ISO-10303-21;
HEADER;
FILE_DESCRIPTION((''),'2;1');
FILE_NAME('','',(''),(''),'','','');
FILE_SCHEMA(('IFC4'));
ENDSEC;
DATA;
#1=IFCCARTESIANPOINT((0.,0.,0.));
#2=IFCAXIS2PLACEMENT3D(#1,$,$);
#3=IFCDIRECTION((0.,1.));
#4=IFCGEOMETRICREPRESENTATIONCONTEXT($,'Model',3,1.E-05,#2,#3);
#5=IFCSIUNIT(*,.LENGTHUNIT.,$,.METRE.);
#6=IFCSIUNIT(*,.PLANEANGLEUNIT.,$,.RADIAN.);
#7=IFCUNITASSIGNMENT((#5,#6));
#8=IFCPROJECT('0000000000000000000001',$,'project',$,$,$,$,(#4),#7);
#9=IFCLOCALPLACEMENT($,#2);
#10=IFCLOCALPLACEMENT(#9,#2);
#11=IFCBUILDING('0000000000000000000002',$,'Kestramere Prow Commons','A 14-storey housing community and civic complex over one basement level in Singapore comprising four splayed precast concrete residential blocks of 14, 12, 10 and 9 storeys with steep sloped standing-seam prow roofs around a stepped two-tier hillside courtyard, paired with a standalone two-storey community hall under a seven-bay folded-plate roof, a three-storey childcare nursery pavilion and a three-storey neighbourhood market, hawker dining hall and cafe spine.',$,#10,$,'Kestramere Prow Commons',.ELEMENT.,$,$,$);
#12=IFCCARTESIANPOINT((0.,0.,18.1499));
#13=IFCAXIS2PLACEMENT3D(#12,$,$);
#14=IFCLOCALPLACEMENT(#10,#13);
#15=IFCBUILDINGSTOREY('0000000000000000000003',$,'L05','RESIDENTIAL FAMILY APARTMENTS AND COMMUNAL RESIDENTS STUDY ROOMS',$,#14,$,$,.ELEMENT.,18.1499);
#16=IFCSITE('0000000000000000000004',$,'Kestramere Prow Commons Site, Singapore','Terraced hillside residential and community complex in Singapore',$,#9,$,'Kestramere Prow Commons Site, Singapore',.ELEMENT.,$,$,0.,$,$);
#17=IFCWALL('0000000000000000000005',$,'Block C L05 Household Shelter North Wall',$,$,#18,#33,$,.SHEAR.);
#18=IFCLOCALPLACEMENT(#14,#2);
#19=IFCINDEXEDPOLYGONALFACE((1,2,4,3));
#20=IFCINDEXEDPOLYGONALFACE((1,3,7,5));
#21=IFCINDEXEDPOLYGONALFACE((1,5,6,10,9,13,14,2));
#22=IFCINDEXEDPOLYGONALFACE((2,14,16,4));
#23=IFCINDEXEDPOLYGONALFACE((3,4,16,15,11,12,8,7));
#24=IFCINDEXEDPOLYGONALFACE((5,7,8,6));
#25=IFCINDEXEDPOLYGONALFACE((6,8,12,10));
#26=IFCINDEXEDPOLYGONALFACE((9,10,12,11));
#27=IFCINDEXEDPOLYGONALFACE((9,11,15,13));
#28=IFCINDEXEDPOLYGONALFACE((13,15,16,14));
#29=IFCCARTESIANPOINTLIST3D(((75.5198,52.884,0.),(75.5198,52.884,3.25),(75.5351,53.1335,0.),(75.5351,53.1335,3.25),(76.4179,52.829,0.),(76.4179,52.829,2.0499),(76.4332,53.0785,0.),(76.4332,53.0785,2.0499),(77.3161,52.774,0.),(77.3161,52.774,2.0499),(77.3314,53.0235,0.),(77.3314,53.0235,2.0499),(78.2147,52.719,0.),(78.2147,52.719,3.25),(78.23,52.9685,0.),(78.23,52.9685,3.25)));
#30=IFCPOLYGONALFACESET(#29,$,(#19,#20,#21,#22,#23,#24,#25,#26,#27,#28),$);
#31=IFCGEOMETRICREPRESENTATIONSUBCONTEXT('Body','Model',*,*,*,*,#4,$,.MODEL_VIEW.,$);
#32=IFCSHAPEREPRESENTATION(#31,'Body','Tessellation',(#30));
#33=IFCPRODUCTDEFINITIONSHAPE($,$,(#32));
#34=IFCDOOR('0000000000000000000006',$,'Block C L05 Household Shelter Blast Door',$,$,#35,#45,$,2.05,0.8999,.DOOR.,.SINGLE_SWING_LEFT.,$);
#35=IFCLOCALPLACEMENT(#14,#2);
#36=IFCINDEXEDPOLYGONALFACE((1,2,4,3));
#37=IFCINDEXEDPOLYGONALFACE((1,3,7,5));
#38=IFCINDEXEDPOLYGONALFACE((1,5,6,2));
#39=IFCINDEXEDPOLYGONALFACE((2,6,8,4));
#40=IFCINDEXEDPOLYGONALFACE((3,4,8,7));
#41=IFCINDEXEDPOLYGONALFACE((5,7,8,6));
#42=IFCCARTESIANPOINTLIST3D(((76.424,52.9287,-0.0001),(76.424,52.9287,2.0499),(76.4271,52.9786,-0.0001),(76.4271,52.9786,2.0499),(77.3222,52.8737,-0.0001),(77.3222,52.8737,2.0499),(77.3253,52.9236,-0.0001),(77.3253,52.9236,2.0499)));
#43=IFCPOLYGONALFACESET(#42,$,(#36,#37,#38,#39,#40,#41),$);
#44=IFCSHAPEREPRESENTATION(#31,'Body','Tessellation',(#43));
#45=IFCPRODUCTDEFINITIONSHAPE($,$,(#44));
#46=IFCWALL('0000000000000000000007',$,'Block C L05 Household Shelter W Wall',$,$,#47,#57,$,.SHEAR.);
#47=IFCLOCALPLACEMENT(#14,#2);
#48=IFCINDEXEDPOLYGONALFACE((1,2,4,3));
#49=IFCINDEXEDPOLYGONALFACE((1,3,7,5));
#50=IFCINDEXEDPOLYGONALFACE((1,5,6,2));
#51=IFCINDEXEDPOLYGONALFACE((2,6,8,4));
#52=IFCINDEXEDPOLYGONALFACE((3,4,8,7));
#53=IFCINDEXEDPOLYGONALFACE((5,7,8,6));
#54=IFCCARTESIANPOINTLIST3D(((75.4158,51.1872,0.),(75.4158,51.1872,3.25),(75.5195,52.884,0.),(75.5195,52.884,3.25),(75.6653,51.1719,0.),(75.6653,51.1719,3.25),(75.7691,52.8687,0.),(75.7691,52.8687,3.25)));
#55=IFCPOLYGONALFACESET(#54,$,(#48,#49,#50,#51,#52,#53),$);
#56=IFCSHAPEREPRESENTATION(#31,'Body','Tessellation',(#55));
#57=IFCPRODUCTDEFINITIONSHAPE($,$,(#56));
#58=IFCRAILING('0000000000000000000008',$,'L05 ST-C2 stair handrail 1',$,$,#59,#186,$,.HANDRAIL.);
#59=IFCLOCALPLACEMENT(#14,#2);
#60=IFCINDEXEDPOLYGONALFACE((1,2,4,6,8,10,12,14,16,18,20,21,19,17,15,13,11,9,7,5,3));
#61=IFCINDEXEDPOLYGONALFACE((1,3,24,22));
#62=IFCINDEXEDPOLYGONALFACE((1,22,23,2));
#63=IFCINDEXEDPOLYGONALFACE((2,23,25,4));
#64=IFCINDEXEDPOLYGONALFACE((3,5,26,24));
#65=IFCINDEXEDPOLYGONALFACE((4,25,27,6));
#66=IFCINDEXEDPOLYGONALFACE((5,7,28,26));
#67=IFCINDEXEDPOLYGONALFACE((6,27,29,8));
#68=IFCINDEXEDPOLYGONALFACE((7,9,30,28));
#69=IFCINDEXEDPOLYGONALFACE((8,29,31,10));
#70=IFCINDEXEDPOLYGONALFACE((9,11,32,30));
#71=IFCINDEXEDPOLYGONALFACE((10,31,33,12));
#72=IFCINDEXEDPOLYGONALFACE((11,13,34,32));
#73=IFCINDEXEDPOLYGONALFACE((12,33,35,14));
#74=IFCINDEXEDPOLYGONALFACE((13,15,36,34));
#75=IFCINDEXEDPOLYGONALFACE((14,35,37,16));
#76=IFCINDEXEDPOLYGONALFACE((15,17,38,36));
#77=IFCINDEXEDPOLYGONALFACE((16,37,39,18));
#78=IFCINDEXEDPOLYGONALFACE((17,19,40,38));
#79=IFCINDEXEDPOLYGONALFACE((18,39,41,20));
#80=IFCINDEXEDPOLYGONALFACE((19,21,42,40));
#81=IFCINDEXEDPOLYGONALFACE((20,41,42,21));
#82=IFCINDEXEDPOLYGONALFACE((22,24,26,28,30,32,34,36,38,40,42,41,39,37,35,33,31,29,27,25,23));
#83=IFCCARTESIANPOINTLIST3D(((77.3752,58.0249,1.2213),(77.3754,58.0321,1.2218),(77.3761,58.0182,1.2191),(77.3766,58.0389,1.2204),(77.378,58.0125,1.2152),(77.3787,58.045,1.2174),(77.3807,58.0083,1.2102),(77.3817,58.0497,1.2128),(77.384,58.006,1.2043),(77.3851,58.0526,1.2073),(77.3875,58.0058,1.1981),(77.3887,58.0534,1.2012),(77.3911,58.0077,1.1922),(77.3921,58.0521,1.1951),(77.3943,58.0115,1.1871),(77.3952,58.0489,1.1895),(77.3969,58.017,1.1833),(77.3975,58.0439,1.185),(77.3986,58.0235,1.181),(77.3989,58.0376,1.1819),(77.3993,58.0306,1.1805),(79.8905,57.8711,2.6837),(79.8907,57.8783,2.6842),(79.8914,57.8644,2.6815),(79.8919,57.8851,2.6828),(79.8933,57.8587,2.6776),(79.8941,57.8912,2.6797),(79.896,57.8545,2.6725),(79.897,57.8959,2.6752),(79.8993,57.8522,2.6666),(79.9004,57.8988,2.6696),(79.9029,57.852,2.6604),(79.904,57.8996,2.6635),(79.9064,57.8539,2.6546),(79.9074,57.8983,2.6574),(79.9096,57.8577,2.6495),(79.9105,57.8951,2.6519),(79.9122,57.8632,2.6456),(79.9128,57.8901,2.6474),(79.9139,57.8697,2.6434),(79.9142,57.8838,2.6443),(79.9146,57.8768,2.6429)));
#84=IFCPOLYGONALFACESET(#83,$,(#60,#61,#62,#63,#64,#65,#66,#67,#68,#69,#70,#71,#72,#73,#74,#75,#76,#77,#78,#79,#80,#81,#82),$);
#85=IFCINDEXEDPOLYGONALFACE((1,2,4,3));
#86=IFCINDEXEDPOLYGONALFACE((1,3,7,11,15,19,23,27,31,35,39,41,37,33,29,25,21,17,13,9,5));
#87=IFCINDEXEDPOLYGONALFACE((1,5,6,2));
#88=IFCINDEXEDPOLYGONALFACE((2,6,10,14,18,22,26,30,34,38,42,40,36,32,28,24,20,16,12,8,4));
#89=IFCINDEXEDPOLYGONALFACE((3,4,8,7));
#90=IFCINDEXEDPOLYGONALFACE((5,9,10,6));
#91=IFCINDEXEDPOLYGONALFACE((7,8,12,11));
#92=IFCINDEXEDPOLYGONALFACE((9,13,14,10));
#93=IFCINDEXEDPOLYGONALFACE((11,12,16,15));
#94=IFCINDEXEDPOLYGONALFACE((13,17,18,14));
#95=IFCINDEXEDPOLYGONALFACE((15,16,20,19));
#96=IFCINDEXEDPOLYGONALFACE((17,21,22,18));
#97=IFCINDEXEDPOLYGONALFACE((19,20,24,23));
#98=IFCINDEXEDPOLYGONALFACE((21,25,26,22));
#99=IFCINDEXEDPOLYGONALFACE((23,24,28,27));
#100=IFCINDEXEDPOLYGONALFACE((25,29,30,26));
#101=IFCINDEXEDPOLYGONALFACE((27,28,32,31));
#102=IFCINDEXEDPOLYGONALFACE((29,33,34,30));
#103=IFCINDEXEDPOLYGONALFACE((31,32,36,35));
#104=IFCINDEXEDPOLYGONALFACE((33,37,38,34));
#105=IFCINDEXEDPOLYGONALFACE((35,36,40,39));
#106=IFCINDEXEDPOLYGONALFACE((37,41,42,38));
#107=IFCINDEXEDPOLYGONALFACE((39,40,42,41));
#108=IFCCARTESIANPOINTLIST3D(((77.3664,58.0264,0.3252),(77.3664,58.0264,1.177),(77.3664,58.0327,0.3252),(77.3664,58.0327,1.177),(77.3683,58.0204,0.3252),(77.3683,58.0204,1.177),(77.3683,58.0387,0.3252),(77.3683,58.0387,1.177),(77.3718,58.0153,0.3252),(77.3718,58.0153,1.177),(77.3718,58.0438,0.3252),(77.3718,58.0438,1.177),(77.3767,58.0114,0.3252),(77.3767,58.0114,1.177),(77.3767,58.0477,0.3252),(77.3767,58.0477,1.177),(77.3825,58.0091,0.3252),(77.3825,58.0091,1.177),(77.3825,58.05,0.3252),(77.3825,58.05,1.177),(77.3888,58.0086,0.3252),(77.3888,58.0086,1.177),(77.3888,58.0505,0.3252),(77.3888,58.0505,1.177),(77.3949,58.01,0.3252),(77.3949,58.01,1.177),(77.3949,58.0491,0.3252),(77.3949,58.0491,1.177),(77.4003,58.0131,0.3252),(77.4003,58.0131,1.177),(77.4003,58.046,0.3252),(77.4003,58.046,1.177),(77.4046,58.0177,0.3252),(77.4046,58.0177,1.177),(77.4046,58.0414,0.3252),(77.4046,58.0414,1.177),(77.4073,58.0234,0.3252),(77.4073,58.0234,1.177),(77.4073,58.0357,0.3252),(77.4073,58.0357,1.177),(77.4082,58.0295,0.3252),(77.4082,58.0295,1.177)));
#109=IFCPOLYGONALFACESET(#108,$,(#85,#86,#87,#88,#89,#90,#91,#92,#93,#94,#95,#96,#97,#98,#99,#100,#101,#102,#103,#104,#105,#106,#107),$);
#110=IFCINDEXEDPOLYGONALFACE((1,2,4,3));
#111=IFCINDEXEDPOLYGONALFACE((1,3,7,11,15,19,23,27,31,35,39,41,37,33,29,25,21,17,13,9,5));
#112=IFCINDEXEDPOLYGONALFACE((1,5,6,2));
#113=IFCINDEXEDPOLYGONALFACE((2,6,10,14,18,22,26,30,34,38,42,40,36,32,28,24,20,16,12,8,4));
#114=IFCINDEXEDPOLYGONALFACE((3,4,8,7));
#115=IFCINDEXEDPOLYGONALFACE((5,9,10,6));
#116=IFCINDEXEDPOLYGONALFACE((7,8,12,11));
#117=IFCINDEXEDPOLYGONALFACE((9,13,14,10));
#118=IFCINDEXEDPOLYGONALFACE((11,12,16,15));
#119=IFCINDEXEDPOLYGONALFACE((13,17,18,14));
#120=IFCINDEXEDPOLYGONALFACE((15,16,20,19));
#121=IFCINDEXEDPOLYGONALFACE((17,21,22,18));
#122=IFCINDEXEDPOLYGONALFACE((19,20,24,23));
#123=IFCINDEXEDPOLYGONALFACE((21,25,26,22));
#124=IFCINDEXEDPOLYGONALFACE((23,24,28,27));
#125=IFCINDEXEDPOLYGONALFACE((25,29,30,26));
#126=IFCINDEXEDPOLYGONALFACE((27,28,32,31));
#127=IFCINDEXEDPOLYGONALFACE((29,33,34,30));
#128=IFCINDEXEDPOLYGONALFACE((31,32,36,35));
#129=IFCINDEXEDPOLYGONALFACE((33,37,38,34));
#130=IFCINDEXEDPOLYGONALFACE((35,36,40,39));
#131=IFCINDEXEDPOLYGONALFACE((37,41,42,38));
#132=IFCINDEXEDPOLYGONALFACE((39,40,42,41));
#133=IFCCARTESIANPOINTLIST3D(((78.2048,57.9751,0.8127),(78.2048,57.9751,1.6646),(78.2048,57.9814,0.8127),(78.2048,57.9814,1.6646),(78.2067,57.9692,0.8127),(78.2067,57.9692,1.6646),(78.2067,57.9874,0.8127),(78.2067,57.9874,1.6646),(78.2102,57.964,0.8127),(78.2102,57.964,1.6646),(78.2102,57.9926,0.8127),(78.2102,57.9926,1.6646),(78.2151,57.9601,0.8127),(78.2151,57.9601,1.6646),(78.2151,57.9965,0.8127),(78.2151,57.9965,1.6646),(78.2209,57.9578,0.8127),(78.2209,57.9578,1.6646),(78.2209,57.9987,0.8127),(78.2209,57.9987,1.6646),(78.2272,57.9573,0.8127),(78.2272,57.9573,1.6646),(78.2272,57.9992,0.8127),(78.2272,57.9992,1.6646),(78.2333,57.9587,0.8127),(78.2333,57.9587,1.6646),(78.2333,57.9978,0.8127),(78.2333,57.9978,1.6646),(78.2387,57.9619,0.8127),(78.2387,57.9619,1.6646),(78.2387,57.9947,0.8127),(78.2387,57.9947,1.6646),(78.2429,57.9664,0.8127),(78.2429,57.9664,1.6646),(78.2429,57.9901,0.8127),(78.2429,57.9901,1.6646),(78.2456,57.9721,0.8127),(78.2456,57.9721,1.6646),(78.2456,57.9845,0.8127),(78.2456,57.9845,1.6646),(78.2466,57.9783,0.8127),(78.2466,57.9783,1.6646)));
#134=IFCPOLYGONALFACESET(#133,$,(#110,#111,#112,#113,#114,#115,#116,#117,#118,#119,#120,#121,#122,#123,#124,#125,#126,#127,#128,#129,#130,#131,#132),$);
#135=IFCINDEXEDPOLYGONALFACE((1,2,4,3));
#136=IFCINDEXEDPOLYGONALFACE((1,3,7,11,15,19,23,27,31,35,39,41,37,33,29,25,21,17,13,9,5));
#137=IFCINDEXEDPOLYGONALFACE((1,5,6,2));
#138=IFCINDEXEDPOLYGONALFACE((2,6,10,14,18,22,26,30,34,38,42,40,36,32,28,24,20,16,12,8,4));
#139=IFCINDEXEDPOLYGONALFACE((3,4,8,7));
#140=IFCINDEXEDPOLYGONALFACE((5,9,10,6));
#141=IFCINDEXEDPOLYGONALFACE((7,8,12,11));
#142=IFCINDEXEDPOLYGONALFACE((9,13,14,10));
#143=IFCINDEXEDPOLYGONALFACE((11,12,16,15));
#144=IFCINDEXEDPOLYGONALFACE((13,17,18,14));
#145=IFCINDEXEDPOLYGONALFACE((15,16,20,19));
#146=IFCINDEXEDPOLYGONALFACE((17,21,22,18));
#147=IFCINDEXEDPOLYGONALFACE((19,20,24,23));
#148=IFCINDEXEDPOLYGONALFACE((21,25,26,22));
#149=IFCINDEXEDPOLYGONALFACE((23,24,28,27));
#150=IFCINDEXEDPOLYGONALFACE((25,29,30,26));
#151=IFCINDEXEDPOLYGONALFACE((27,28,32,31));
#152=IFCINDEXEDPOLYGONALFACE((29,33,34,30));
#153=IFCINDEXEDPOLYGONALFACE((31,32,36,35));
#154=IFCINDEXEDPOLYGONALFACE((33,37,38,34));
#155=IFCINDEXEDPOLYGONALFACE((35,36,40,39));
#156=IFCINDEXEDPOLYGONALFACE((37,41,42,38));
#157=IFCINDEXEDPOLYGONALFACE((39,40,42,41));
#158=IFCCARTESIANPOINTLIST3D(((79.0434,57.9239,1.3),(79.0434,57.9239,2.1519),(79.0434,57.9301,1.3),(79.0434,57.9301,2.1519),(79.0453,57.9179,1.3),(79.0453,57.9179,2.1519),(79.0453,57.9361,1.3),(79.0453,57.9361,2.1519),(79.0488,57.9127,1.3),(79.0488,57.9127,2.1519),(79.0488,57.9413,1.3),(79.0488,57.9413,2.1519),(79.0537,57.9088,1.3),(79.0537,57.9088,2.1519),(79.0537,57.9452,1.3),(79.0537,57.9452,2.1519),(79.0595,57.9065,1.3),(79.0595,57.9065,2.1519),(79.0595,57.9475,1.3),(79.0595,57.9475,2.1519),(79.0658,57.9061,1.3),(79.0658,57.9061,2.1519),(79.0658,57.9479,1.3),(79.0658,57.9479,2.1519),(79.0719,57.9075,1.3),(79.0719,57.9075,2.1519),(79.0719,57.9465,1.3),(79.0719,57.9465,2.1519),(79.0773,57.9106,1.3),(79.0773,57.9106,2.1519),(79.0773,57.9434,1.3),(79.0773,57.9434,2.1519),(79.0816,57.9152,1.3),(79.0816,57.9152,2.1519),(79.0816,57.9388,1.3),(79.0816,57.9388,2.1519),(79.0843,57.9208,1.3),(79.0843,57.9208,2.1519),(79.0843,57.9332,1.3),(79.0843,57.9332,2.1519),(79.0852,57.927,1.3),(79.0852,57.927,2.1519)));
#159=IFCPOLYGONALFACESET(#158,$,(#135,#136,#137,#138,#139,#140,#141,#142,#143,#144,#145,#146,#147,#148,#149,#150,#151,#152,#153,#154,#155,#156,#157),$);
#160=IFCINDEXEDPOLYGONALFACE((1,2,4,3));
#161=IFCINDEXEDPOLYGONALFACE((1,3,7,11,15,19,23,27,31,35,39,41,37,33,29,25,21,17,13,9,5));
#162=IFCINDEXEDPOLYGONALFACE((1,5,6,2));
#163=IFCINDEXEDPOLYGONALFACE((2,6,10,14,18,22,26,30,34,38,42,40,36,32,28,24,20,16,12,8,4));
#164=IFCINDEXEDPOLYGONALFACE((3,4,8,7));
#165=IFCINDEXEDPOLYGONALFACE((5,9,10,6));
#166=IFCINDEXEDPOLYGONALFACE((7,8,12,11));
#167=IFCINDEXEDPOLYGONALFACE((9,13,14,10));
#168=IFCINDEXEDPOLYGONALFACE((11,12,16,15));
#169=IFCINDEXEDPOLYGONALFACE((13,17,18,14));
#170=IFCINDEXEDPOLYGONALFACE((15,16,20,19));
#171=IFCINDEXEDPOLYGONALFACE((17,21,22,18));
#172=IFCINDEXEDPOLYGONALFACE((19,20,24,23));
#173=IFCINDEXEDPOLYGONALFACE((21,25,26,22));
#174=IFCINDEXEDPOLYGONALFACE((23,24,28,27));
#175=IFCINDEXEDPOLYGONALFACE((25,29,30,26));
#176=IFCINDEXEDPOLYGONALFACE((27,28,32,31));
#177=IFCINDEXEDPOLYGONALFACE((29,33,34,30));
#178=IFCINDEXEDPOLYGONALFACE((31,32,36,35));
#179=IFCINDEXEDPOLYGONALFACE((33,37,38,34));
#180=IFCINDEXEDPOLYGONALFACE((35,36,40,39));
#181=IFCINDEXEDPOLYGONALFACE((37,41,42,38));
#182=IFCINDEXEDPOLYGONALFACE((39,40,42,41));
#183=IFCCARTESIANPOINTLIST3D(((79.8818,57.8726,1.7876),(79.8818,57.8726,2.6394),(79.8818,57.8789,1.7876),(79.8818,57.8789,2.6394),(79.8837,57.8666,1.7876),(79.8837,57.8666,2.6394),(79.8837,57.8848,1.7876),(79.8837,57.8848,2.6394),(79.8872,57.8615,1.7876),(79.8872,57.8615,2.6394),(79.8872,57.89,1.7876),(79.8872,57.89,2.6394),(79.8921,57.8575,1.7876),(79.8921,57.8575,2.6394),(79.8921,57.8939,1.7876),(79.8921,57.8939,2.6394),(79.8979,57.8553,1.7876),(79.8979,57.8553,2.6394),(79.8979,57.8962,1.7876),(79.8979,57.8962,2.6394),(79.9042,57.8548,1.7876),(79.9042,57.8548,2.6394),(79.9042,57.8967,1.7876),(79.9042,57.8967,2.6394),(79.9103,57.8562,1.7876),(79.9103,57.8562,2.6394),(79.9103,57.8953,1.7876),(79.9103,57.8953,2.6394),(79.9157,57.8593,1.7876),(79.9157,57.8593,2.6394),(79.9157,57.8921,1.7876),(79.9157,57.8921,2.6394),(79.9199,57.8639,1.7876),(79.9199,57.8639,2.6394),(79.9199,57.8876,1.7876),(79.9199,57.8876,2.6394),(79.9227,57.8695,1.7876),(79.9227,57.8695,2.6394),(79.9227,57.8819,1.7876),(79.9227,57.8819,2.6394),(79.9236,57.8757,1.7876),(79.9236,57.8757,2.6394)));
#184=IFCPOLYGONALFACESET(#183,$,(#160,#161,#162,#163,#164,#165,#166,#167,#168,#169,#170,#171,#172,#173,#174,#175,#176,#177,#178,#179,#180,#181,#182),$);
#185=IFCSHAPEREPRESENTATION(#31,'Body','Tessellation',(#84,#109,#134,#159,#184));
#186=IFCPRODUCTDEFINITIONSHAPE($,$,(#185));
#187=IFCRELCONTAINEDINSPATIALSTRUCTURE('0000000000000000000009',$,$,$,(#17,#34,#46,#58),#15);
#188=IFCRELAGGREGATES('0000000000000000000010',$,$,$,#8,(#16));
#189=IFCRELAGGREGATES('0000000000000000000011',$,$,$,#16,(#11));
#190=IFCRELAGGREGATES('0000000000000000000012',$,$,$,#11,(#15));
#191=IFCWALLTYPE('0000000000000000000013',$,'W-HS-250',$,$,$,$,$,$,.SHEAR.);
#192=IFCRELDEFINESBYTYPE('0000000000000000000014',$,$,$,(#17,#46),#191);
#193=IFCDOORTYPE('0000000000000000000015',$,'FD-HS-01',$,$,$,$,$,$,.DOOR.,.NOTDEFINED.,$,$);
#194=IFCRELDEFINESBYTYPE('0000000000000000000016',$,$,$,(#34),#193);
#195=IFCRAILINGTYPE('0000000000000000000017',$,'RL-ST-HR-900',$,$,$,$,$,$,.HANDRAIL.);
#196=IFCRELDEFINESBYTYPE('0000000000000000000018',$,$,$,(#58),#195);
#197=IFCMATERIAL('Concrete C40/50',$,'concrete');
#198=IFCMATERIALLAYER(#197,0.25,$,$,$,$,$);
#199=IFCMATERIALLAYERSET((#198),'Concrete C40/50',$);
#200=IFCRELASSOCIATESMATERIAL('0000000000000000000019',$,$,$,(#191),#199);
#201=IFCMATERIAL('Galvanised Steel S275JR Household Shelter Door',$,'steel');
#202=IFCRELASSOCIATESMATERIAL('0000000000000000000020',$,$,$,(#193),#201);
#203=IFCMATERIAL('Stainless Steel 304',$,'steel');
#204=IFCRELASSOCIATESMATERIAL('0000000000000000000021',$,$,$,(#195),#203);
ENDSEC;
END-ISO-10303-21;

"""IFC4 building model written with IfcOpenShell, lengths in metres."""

from ifc_helpers import new_model, si_unit, direction, frame, frame_2d, origin, origin_2d, place, context, subcontext, project, spatial, rectangle, circle, extrude, material, layer, layer_set, type_object, element, fill, save


model = new_model("IFC4")

# Units and contexts
model_context = context("Model", 3, precision=1e-05, world=origin(), true_north=direction((0.0, 1.0)))
body_context = subcontext(model_context, "Body", "Model", "MODEL_VIEW")
ifc_project = project(units=[si_unit("LENGTHUNIT", "METRE"), si_unit("PLANEANGLEUNIT", "RADIAN")], contexts=[model_context])

# Site, building, storey
site_placement = place(None, origin())
site = spatial("IfcSite", under=ifc_project, at=site_placement, Name="Kestramere Prow Commons Site, Singapore", Description="Terraced hillside residential and community complex in Singapore", LongName="Kestramere Prow Commons Site, Singapore", CompositionType="ELEMENT", RefElevation=0.0)
building_placement = place(site_placement, origin())
building = spatial("IfcBuilding", under=site, at=building_placement, Name="Kestramere Prow Commons", Description="A 14-storey housing community and civic complex over one basement level in Singapore comprising four splayed precast concrete residential blocks of 14, 12, 10 and 9 storeys with steep sloped standing-seam prow roofs around a stepped two-tier hillside courtyard, paired with a standalone two-storey community hall under a seven-bay folded-plate roof, a three-storey childcare nursery pavilion and a three-storey neighbourhood market, hawker dining hall and cafe spine.", LongName="Kestramere Prow Commons", CompositionType="ELEMENT")
storey_placement = place(building_placement, frame((0.0, 0.0, 18.1499)))
storey = spatial("IfcBuildingStorey", under=building, at=storey_placement, Name="L05", Description="RESIDENTIAL FAMILY APARTMENTS AND COMMUNAL RESIDENTS STUDY ROOMS", CompositionType="ELEMENT", Elevation=18.1499)

# Shared definitions
ifc_material_1 = material(Name="Concrete C40/50", Category="concrete")

# Wall, opening, door
ifc_layer_1 = layer(ifc_material_1, 0.25)
ifc_layer_set_1 = layer_set([ifc_layer_1], Name="Concrete C40/50")
wall_type_1 = type_object("IfcWallType", Name="W-HS-250", PredefinedType="SHEAR", material=ifc_layer_set_1)
wall_1_placement = place(storey_placement, frame((75.5273, 53.0088, 0.0), z_axis=(0.0, 0.0, 1.0), x_axis=(0.99813, -0.061128, 0.0)))
wall_1 = element("IfcWall", 1, at=wall_1_placement, inside=storey, type_object=wall_type_1, Name="Block C L05 Household Shelter North Wall", PredefinedType="SHEAR", context=body_context, shape_type="SweptSolid", body=[
    extrude(rectangle(XDim=2.7, YDim=0.25, at=frame_2d((1.3501, 0.0))), origin(), (0.0, 0.0, 1.0), 3.25),
])
opening_1_placement = place(wall_1_placement, frame((0.8999, 0.0, 0.0)))
opening_1 = element("IfcOpeningElement", 2, at=opening_1_placement, cuts=wall_1, PredefinedType="OPENING", context=body_context, shape_type="SweptSolid", body=[
    extrude(rectangle(XDim=0.8999, YDim=2.05, at=frame_2d((0.45, 1.0249))), frame((0.0, 0.1399, 0.0), z_axis=(0.0, -1.0, 0.0), x_axis=(1.0, 0.0, 0.0)), (0.0, 0.0, 1.0), 0.28),
])
ifc_material_2 = material(Name="Galvanised Steel S275JR Household Shelter Door", Category="steel")
door_type_1 = type_object("IfcDoorType", Name="FD-HS-01", OperationType="NOTDEFINED", PredefinedType="DOOR", material=ifc_material_2)
door_1_placement = place(opening_1_placement, origin())
door_1 = element("IfcDoor", 3, at=door_1_placement, inside=storey, type_object=door_type_1, Name="Block C L05 Household Shelter Blast Door", OperationType="SINGLE_SWING_LEFT", OverallHeight=2.05, OverallWidth=0.8999, PredefinedType="DOOR", context=body_context, shape_type="SweptSolid", body=[
    extrude(rectangle(XDim=0.8999, YDim=2.05, at=frame_2d((0.45, 1.0249))), frame((0.0, 0.0249, 0.0), z_axis=(0.0, -1.0, 0.0), x_axis=(1.0, 0.0, 0.0)), (0.0, 0.0, 1.0), 0.05),
])
fill(opening_1, door_1)

# Wall
wall_2_placement = place(storey_placement, frame((75.5405, 51.1794, 0.0), z_axis=(0.0, 0.0, 1.0), x_axis=(0.061037, 0.998136, 0.0)))
element("IfcWall", 4, at=wall_2_placement, inside=storey, type_object=wall_type_1, Name="Block C L05 Household Shelter W Wall", PredefinedType="SHEAR", context=body_context, shape_type="SweptSolid", body=[
    extrude(rectangle(XDim=1.7, YDim=0.25, at=frame_2d((0.8501, 0.0))), origin(), (0.0, 0.0, 1.0), 3.25),
])

# Railing
ifc_material_3 = material(Name="Stainless Steel 304", Category="steel")
railing_type = type_object("IfcRailingType", Name="RL-ST-HR-900", PredefinedType="HANDRAIL", material=ifc_material_3)
railing_placement = place(storey_placement, frame((77.3872, 58.0295, 0.3252)))
element("IfcRailing", 5, at=railing_placement, inside=storey, type_object=railing_type, Name="L05 ST-C2 stair handrail 1", PredefinedType="HANDRAIL", context=body_context, shape_type="SweptSolid", body=[
    extrude(circle(Radius=0.0239, at=origin_2d()), frame((0.0, 0.0, 0.876), z_axis=(0.863306, -0.052789, 0.501912), x_axis=(0.061033, 0.998136, 0.0)), (0.0, 0.0, 1.0), 2.9136),
    extrude(circle(Radius=0.021, at=origin_2d()), origin(), (0.0, 0.0, 1.0), 0.8518),
    extrude(circle(Radius=0.021, at=origin_2d()), frame((0.8384, -0.0513, 0.4875)), (0.0, 0.0, 1.0), 0.8518),
    extrude(circle(Radius=0.021, at=origin_2d()), frame((1.677, -0.1025, 0.9749)), (0.0, 0.0, 1.0), 0.8518),
    extrude(circle(Radius=0.021, at=origin_2d()), frame((2.5154, -0.1538, 1.4624)), (0.0, 0.0, 1.0), 0.8518),
])

save(model, "model.ifc")
